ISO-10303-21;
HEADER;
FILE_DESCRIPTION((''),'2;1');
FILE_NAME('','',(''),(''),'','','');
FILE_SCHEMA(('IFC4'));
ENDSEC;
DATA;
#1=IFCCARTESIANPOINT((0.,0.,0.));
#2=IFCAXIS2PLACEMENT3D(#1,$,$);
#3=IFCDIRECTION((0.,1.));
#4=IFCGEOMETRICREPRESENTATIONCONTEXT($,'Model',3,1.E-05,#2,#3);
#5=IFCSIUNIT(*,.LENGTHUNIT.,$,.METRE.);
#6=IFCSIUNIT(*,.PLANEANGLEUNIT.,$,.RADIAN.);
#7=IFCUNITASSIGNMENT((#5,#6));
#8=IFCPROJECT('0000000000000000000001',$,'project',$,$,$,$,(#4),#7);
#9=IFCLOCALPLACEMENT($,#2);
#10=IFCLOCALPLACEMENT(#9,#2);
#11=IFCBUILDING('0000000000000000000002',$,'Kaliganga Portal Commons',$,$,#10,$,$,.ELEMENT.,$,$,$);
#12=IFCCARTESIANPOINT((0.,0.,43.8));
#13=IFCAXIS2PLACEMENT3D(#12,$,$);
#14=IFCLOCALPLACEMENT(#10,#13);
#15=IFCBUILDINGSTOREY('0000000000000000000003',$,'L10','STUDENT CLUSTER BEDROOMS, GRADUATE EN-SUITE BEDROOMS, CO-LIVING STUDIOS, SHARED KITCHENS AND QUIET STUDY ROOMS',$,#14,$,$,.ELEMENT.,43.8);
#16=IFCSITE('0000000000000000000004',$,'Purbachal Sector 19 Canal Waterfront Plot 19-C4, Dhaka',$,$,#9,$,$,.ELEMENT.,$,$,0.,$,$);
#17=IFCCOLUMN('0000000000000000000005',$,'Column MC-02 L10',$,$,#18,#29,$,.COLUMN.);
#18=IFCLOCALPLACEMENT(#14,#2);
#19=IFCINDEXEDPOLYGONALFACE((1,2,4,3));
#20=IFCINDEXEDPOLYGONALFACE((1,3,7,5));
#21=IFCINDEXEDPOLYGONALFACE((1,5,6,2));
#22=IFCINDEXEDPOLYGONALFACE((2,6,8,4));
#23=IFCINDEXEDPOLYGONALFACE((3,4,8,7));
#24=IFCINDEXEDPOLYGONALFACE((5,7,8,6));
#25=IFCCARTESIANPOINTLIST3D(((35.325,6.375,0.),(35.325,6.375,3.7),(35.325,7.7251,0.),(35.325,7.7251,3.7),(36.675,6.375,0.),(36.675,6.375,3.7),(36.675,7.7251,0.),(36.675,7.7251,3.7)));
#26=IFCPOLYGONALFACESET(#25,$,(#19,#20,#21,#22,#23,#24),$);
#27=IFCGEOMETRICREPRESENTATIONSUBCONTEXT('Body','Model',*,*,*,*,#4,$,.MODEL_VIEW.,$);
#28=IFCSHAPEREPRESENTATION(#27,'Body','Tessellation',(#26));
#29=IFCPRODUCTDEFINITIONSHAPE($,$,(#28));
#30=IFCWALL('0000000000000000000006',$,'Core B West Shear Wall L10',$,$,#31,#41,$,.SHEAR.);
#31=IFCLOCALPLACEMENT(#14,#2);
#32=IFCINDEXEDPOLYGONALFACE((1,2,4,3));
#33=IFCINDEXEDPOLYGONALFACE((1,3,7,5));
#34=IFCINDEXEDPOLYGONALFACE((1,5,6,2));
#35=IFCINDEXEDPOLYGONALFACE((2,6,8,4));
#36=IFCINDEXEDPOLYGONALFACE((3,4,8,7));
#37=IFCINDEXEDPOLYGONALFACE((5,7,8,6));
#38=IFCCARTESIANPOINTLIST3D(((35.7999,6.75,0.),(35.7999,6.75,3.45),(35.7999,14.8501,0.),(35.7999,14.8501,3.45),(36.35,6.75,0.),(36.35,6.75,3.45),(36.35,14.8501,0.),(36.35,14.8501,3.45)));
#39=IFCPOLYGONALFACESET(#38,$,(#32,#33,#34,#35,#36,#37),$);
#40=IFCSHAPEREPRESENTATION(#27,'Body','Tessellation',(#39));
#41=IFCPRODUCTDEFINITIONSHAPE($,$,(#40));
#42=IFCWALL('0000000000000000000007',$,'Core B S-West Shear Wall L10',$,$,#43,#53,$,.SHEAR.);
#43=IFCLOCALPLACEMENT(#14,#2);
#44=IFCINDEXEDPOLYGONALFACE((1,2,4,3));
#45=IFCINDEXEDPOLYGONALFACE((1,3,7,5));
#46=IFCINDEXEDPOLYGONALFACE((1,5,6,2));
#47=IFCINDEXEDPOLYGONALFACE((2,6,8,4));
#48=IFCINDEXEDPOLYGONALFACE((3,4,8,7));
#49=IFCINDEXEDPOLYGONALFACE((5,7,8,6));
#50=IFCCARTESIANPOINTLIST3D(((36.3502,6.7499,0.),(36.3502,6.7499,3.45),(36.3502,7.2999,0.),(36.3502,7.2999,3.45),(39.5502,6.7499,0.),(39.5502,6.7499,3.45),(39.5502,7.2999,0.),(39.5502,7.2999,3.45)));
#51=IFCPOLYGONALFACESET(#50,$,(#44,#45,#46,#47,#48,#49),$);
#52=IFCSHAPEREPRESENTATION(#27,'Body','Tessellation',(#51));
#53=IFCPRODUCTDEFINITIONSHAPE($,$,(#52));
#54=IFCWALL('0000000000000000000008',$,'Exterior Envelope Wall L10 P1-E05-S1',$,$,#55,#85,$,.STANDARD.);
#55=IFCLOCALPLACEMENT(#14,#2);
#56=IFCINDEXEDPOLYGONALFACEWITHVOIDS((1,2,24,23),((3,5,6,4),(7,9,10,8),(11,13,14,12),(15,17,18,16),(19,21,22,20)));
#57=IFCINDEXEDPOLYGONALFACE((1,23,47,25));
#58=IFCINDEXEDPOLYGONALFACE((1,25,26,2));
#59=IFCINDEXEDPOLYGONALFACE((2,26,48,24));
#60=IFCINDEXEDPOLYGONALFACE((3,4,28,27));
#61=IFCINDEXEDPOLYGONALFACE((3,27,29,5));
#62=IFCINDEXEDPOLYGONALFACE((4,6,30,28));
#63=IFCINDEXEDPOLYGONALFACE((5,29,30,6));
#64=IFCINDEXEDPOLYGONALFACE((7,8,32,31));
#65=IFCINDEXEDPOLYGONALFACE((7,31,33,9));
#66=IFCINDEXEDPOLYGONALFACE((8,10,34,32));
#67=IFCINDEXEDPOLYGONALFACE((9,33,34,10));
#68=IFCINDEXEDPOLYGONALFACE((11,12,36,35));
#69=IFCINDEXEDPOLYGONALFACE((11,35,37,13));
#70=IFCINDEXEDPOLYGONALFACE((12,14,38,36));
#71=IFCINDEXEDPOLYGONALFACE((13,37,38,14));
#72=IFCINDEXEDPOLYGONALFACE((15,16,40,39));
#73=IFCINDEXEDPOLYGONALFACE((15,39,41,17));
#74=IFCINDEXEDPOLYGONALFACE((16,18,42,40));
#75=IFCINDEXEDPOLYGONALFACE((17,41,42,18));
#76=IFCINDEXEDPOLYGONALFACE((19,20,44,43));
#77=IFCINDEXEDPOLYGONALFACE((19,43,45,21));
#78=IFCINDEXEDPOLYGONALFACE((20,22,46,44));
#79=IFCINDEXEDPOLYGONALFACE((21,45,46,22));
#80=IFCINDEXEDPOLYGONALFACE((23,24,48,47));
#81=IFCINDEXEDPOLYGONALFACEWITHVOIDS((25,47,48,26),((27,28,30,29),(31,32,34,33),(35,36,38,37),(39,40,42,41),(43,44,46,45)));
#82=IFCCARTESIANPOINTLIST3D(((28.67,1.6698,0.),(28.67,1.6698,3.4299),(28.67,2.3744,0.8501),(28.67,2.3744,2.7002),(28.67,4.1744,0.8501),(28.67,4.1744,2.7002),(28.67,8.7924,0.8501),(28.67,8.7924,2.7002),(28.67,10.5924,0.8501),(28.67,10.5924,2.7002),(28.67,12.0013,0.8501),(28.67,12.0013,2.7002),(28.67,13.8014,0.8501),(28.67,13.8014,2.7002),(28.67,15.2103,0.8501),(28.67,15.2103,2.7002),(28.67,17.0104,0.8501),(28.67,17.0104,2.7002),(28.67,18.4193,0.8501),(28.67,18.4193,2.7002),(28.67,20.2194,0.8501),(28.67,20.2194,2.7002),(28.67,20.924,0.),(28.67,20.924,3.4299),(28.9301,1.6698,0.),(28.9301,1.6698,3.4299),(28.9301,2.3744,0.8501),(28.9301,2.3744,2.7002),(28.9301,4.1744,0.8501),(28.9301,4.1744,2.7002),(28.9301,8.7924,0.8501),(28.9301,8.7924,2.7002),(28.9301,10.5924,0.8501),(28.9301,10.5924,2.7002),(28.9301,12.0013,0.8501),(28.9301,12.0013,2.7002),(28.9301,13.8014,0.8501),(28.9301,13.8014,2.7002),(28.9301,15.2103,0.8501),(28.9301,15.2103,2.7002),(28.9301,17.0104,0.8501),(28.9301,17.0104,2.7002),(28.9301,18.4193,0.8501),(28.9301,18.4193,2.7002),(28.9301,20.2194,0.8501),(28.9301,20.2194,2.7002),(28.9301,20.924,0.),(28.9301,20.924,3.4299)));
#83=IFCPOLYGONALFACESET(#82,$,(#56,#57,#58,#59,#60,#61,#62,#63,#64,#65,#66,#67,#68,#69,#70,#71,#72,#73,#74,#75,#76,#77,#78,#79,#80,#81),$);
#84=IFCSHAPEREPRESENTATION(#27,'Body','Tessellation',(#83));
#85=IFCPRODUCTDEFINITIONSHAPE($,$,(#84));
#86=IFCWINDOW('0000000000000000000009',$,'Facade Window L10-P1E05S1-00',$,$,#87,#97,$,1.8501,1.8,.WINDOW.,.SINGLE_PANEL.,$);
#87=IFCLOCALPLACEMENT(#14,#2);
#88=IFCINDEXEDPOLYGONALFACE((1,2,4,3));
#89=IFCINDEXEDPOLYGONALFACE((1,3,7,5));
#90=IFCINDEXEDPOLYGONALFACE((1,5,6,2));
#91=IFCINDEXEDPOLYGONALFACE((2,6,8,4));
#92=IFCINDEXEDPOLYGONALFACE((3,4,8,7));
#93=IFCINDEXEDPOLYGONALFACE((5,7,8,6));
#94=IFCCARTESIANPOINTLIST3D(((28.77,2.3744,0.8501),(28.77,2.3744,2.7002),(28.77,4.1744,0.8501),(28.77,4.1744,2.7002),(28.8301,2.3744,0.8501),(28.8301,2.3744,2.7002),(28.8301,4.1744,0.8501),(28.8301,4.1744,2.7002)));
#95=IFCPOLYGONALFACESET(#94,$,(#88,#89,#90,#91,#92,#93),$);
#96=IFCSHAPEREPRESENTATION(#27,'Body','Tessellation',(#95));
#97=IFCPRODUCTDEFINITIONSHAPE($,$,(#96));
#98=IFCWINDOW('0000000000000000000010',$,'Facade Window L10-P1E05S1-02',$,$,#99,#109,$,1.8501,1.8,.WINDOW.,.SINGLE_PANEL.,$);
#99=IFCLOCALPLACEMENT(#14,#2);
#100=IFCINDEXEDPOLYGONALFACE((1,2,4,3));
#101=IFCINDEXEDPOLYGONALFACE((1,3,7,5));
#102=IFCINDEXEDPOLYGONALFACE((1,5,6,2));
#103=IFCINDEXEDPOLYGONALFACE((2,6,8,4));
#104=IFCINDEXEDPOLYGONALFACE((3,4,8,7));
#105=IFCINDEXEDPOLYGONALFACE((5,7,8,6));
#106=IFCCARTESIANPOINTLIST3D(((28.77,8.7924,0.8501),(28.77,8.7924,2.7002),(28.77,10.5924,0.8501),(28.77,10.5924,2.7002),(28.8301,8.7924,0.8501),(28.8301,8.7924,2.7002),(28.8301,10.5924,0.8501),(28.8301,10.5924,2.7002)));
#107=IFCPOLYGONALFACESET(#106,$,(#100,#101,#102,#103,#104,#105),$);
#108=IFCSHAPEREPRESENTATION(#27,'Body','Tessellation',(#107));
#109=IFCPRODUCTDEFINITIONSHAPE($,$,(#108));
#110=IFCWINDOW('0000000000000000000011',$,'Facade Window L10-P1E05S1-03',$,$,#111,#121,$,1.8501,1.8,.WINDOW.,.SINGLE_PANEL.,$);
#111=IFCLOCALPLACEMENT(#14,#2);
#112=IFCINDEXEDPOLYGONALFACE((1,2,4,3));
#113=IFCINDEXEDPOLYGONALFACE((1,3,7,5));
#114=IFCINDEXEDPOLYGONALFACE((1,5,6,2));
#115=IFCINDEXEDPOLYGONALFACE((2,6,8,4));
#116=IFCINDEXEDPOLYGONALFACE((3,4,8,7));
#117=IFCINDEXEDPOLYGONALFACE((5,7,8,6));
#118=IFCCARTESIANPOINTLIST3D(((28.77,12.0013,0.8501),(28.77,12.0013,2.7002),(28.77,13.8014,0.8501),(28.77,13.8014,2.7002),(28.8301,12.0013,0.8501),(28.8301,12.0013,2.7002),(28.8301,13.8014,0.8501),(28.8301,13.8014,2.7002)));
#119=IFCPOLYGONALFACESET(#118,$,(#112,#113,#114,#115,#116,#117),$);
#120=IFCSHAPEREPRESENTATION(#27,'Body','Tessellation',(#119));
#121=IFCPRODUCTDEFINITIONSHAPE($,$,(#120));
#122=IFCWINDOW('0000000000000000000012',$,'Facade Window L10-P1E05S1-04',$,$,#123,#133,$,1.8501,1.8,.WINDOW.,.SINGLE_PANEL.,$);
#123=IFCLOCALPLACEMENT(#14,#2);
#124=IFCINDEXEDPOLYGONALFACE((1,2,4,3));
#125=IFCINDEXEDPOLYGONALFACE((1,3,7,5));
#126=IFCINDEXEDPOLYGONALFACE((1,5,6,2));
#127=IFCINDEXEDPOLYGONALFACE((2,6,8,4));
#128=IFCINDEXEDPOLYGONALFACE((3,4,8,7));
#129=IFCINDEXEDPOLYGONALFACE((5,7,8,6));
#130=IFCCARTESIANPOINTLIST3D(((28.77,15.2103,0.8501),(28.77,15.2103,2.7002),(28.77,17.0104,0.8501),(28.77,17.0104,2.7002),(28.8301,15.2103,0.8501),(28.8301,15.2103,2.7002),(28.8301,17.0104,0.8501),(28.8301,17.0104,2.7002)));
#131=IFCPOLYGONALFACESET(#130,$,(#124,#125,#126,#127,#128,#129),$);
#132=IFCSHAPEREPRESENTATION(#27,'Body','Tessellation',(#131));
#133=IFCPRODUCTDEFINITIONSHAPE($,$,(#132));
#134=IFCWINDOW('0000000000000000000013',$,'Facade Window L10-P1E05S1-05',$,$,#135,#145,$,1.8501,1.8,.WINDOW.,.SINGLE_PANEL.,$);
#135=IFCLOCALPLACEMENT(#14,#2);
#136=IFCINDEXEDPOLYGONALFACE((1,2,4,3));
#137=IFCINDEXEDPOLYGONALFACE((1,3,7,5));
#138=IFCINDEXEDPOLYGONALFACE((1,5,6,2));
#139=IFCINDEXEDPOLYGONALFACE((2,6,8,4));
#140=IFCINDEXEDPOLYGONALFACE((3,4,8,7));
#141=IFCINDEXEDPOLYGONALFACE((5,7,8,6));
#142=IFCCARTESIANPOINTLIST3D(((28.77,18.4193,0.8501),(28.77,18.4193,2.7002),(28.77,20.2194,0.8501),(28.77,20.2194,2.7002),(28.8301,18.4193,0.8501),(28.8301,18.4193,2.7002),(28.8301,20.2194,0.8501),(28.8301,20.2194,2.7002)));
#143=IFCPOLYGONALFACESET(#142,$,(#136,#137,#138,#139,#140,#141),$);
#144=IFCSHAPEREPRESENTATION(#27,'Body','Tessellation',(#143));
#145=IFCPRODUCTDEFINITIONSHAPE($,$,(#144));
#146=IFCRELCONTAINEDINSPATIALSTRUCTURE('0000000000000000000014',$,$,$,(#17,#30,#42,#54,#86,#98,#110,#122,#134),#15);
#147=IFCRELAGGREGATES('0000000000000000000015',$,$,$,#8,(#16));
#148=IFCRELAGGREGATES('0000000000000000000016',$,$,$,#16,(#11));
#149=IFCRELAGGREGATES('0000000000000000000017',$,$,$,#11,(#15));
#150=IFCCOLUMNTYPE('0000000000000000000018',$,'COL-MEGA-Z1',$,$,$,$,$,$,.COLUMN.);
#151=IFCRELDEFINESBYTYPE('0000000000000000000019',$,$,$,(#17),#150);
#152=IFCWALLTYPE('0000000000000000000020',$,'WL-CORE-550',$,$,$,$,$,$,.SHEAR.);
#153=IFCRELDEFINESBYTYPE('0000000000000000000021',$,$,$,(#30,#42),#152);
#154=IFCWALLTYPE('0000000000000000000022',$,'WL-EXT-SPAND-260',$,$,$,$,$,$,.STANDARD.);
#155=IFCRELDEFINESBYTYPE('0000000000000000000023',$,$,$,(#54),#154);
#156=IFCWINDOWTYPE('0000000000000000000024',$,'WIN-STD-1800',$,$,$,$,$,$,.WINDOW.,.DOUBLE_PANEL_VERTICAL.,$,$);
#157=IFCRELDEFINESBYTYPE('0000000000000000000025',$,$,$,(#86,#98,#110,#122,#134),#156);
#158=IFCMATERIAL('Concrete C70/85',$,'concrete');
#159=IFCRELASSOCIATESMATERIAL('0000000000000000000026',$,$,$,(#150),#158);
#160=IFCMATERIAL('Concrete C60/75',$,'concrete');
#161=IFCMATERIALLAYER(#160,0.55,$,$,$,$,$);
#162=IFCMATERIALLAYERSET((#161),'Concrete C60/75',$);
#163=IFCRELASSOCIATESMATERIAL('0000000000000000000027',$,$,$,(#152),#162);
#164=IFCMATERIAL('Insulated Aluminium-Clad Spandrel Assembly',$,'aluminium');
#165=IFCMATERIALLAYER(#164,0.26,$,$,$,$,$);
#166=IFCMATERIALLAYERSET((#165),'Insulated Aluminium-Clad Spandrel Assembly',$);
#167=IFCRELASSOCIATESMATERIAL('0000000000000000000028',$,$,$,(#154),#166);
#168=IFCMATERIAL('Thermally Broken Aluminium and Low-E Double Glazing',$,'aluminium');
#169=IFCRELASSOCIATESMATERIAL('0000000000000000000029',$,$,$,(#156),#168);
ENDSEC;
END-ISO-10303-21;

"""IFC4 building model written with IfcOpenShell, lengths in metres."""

from ifc_helpers import new_model, si_unit, direction, frame, frame_2d, origin, origin_2d, place, context, subcontext, project, spatial, rectangle, extrude, source, transform, mapped, material, layer, layer_set, material_profile, profile_set, type_object, element, fill, save


model = new_model("IFC4")

# Units and contexts
model_context = context("Model", 3, precision=1e-05, world=origin(), true_north=direction((0.0, 1.0)))
body_context = subcontext(model_context, "Body", "Model", "MODEL_VIEW")
ifc_project = project(units=[si_unit("LENGTHUNIT", "METRE"), si_unit("PLANEANGLEUNIT", "RADIAN")], contexts=[model_context])

# Site, building, storey
site_placement = place(None, origin())
site = spatial("IfcSite", under=ifc_project, at=site_placement, Name="Purbachal Sector 19 Canal Waterfront Plot 19-C4, Dhaka", CompositionType="ELEMENT", RefElevation=0.0)
building_placement = place(site_placement, origin())
building = spatial("IfcBuilding", under=site, at=building_placement, Name="Kaliganga Portal Commons", CompositionType="ELEMENT")
storey_placement = place(building_placement, frame((0.0, 0.0, 43.8)))
storey = spatial("IfcBuildingStorey", under=building, at=storey_placement, Name="L10", Description="STUDENT CLUSTER BEDROOMS, GRADUATE EN-SUITE BEDROOMS, CO-LIVING STUDIOS, SHARED KITCHENS AND QUIET STUDY ROOMS", CompositionType="ELEMENT", Elevation=43.8)

# Column
ifc_material_1 = material(Name="Concrete C70/85", Category="concrete")
ifc_material_profile = material_profile(ifc_material_1, rectangle(XDim=1.3501, YDim=1.3501, at=origin_2d()), Name="RC 1350x1350")
ifc_profile_set = profile_set([ifc_material_profile], Name="Concrete C70/85")
column_type = type_object("IfcColumnType", Name="COL-MEGA-Z1", PredefinedType="COLUMN", material=ifc_profile_set)
shared_shape = source(origin(), body_context, "Body", "SweptSolid", [
    extrude(rectangle(XDim=1.3501, YDim=1.3501, at=origin_2d()), origin(), (0.0, 0.0, 1.0), 3.7),
])
column_placement = place(storey_placement, frame((36.0, 7.05, 0.0), z_axis=(0.0, 0.0, 1.0), x_axis=(1.0, 0.0, 0.0)))
element("IfcColumn", 1, at=column_placement, inside=storey, type_object=column_type, Name="Column MC-02 L10", PredefinedType="COLUMN", context=body_context, shape_type="MappedRepresentation", body=[
    mapped(shared_shape, transform((0.0, 0.0, 0.0), x_axis=(1.0, 0.0, 0.0), y_axis=(0.0, 1.0, 0.0), z_axis=(0.0, 0.0, 1.0), scale=1.0)),
])

# Walls
ifc_material_2 = material(Name="Concrete C60/75", Category="concrete")
ifc_layer_1 = layer(ifc_material_2, 0.55)
ifc_layer_set_1 = layer_set([ifc_layer_1], Name="Concrete C60/75")
wall_type_1 = type_object("IfcWallType", Name="WL-CORE-550", PredefinedType="SHEAR", material=ifc_layer_set_1)
wall_1_placement = place(storey_placement, frame((36.075, 6.75, 0.0), z_axis=(0.0, 0.0, 1.0), x_axis=(0.0, 1.0, 0.0)))
element("IfcWall", 2, at=wall_1_placement, inside=storey, type_object=wall_type_1, Name="Core B West Shear Wall L10", PredefinedType="SHEAR", context=body_context, shape_type="SweptSolid", body=[
    extrude(rectangle(XDim=8.1001, YDim=0.55, at=frame_2d((4.05, 0.0))), origin(), (0.0, 0.0, 1.0), 3.45),
])
wall_2_placement = place(storey_placement, frame((36.3501, 7.0249, 0.0), z_axis=(0.0, 0.0, 1.0), x_axis=(1.0, 0.0, 0.0)))
element("IfcWall", 3, at=wall_2_placement, inside=storey, type_object=wall_type_1, Name="Core B S-West Shear Wall L10", PredefinedType="SHEAR", context=body_context, shape_type="SweptSolid", body=[
    extrude(rectangle(XDim=3.2, YDim=0.55, at=frame_2d((1.6001, 0.0))), origin(), (0.0, 0.0, 1.0), 3.45),
])

# Wall, openings, windows
ifc_material_3 = material(Name="Insulated Aluminium-Clad Spandrel Assembly", Category="aluminium")
ifc_layer_2 = layer(ifc_material_3, 0.26)
ifc_layer_set_2 = layer_set([ifc_layer_2], Name="Insulated Aluminium-Clad Spandrel Assembly")
wall_type_2 = type_object("IfcWallType", Name="WL-EXT-SPAND-260", PredefinedType="STANDARD", material=ifc_layer_set_2)
wall_3_placement = place(storey_placement, frame((28.8, 1.6699, 0.0), z_axis=(0.0, 0.0, 1.0), x_axis=(0.0, 1.0, 0.0)))
wall_3 = element("IfcWall", 4, at=wall_3_placement, inside=storey, type_object=wall_type_2, Name="Exterior Envelope Wall L10 P1-E05-S1", PredefinedType="STANDARD", context=body_context, shape_type="SweptSolid", body=[
    extrude(rectangle(XDim=19.2542, YDim=0.26, at=frame_2d((9.627, 0.0))), origin(), (0.0, 0.0, 1.0), 3.4299),
])
opening_1_placement = place(wall_3_placement, frame((0.7046, 0.0, 0.8501)))
opening_1 = element("IfcOpeningElement", 5, at=opening_1_placement, cuts=wall_3, PredefinedType="OPENING", context=body_context, shape_type="SweptSolid", body=[
    extrude(rectangle(XDim=1.8, YDim=1.8501, at=frame_2d((0.8999, 0.925))), frame((0.0, 0.1401, 0.0), z_axis=(0.0, -1.0, 0.0), x_axis=(1.0, 0.0, 0.0)), (0.0, 0.0, 1.0), 0.28),
])
opening_2_placement = place(wall_3_placement, frame((7.1226, 0.0, 0.8501)))
opening_2 = element("IfcOpeningElement", 6, at=opening_2_placement, cuts=wall_3, PredefinedType="OPENING", context=body_context, shape_type="SweptSolid", body=[
    extrude(rectangle(XDim=1.8, YDim=1.8501, at=frame_2d((0.8999, 0.925))), frame((0.0, 0.1401, 0.0), z_axis=(0.0, -1.0, 0.0), x_axis=(1.0, 0.0, 0.0)), (0.0, 0.0, 1.0), 0.28),
])
opening_3_placement = place(wall_3_placement, frame((10.3315, 0.0, 0.8501)))
opening_3 = element("IfcOpeningElement", 7, at=opening_3_placement, cuts=wall_3, PredefinedType="OPENING", context=body_context, shape_type="SweptSolid", body=[
    extrude(rectangle(XDim=1.8, YDim=1.8501, at=frame_2d((0.8999, 0.925))), frame((0.0, 0.1401, 0.0), z_axis=(0.0, -1.0, 0.0), x_axis=(1.0, 0.0, 0.0)), (0.0, 0.0, 1.0), 0.28),
])
opening_4_placement = place(wall_3_placement, frame((13.5405, 0.0, 0.8501)))
opening_4 = element("IfcOpeningElement", 8, at=opening_4_placement, cuts=wall_3, PredefinedType="OPENING", context=body_context, shape_type="SweptSolid", body=[
    extrude(rectangle(XDim=1.8, YDim=1.8501, at=frame_2d((0.8999, 0.925))), frame((0.0, 0.1401, 0.0), z_axis=(0.0, -1.0, 0.0), x_axis=(1.0, 0.0, 0.0)), (0.0, 0.0, 1.0), 0.28),
])
opening_5_placement = place(wall_3_placement, frame((16.7495, 0.0, 0.8501)))
opening_5 = element("IfcOpeningElement", 9, at=opening_5_placement, cuts=wall_3, PredefinedType="OPENING", context=body_context, shape_type="SweptSolid", body=[
    extrude(rectangle(XDim=1.8, YDim=1.8501, at=frame_2d((0.8999, 0.925))), frame((0.0, 0.1401, 0.0), z_axis=(0.0, -1.0, 0.0), x_axis=(1.0, 0.0, 0.0)), (0.0, 0.0, 1.0), 0.28),
])
ifc_material_4 = material(Name="Thermally Broken Aluminium and Low-E Double Glazing", Category="aluminium")
window_type = type_object("IfcWindowType", Name="WIN-STD-1800", PartitioningType="DOUBLE_PANEL_VERTICAL", PredefinedType="WINDOW", material=ifc_material_4)
window_1_placement = place(opening_1_placement, origin())
window_1 = element("IfcWindow", 10, at=window_1_placement, inside=storey, type_object=window_type, Name="Facade Window L10-P1E05S1-00", OverallHeight=1.8501, OverallWidth=1.8, PartitioningType="SINGLE_PANEL", PredefinedType="WINDOW", context=body_context, shape_type="SweptSolid", body=[
    extrude(rectangle(XDim=1.8, YDim=1.8501, at=frame_2d((0.8999, 0.925))), frame((0.0, 0.03, 0.0), z_axis=(0.0, -1.0, 0.0), x_axis=(1.0, 0.0, 0.0)), (0.0, 0.0, 1.0), 0.0601),
])
fill(opening_1, window_1)
window_2_placement = place(opening_2_placement, origin())
window_2 = element("IfcWindow", 11, at=window_2_placement, inside=storey, type_object=window_type, Name="Facade Window L10-P1E05S1-02", OverallHeight=1.8501, OverallWidth=1.8, PartitioningType="SINGLE_PANEL", PredefinedType="WINDOW", context=body_context, shape_type="SweptSolid", body=[
    extrude(rectangle(XDim=1.8, YDim=1.8501, at=frame_2d((0.8999, 0.925))), frame((0.0, 0.03, 0.0), z_axis=(0.0, -1.0, 0.0), x_axis=(1.0, 0.0, 0.0)), (0.0, 0.0, 1.0), 0.0601),
])
fill(opening_2, window_2)
window_3_placement = place(opening_3_placement, origin())
window_3 = element("IfcWindow", 12, at=window_3_placement, inside=storey, type_object=window_type, Name="Facade Window L10-P1E05S1-03", OverallHeight=1.8501, OverallWidth=1.8, PartitioningType="SINGLE_PANEL", PredefinedType="WINDOW", context=body_context, shape_type="SweptSolid", body=[
    extrude(rectangle(XDim=1.8, YDim=1.8501, at=frame_2d((0.8999, 0.925))), frame((0.0, 0.03, 0.0), z_axis=(0.0, -1.0, 0.0), x_axis=(1.0, 0.0, 0.0)), (0.0, 0.0, 1.0), 0.0601),
])
fill(opening_3, window_3)
window_4_placement = place(opening_4_placement, origin())
window_4 = element("IfcWindow", 13, at=window_4_placement, inside=storey, type_object=window_type, Name="Facade Window L10-P1E05S1-04", OverallHeight=1.8501, OverallWidth=1.8, PartitioningType="SINGLE_PANEL", PredefinedType="WINDOW", context=body_context, shape_type="SweptSolid", body=[
    extrude(rectangle(XDim=1.8, YDim=1.8501, at=frame_2d((0.8999, 0.925))), frame((0.0, 0.03, 0.0), z_axis=(0.0, -1.0, 0.0), x_axis=(1.0, 0.0, 0.0)), (0.0, 0.0, 1.0), 0.0601),
])
fill(opening_4, window_4)
window_5_placement = place(opening_5_placement, origin())
window_5 = element("IfcWindow", 14, at=window_5_placement, inside=storey, type_object=window_type, Name="Facade Window L10-P1E05S1-05", OverallHeight=1.8501, OverallWidth=1.8, PartitioningType="SINGLE_PANEL", PredefinedType="WINDOW", context=body_context, shape_type="SweptSolid", body=[
    extrude(rectangle(XDim=1.8, YDim=1.8501, at=frame_2d((0.8999, 0.925))), frame((0.0, 0.03, 0.0), z_axis=(0.0, -1.0, 0.0), x_axis=(1.0, 0.0, 0.0)), (0.0, 0.0, 1.0), 0.0601),
])
fill(opening_5, window_5)

save(model, "model.ifc")
